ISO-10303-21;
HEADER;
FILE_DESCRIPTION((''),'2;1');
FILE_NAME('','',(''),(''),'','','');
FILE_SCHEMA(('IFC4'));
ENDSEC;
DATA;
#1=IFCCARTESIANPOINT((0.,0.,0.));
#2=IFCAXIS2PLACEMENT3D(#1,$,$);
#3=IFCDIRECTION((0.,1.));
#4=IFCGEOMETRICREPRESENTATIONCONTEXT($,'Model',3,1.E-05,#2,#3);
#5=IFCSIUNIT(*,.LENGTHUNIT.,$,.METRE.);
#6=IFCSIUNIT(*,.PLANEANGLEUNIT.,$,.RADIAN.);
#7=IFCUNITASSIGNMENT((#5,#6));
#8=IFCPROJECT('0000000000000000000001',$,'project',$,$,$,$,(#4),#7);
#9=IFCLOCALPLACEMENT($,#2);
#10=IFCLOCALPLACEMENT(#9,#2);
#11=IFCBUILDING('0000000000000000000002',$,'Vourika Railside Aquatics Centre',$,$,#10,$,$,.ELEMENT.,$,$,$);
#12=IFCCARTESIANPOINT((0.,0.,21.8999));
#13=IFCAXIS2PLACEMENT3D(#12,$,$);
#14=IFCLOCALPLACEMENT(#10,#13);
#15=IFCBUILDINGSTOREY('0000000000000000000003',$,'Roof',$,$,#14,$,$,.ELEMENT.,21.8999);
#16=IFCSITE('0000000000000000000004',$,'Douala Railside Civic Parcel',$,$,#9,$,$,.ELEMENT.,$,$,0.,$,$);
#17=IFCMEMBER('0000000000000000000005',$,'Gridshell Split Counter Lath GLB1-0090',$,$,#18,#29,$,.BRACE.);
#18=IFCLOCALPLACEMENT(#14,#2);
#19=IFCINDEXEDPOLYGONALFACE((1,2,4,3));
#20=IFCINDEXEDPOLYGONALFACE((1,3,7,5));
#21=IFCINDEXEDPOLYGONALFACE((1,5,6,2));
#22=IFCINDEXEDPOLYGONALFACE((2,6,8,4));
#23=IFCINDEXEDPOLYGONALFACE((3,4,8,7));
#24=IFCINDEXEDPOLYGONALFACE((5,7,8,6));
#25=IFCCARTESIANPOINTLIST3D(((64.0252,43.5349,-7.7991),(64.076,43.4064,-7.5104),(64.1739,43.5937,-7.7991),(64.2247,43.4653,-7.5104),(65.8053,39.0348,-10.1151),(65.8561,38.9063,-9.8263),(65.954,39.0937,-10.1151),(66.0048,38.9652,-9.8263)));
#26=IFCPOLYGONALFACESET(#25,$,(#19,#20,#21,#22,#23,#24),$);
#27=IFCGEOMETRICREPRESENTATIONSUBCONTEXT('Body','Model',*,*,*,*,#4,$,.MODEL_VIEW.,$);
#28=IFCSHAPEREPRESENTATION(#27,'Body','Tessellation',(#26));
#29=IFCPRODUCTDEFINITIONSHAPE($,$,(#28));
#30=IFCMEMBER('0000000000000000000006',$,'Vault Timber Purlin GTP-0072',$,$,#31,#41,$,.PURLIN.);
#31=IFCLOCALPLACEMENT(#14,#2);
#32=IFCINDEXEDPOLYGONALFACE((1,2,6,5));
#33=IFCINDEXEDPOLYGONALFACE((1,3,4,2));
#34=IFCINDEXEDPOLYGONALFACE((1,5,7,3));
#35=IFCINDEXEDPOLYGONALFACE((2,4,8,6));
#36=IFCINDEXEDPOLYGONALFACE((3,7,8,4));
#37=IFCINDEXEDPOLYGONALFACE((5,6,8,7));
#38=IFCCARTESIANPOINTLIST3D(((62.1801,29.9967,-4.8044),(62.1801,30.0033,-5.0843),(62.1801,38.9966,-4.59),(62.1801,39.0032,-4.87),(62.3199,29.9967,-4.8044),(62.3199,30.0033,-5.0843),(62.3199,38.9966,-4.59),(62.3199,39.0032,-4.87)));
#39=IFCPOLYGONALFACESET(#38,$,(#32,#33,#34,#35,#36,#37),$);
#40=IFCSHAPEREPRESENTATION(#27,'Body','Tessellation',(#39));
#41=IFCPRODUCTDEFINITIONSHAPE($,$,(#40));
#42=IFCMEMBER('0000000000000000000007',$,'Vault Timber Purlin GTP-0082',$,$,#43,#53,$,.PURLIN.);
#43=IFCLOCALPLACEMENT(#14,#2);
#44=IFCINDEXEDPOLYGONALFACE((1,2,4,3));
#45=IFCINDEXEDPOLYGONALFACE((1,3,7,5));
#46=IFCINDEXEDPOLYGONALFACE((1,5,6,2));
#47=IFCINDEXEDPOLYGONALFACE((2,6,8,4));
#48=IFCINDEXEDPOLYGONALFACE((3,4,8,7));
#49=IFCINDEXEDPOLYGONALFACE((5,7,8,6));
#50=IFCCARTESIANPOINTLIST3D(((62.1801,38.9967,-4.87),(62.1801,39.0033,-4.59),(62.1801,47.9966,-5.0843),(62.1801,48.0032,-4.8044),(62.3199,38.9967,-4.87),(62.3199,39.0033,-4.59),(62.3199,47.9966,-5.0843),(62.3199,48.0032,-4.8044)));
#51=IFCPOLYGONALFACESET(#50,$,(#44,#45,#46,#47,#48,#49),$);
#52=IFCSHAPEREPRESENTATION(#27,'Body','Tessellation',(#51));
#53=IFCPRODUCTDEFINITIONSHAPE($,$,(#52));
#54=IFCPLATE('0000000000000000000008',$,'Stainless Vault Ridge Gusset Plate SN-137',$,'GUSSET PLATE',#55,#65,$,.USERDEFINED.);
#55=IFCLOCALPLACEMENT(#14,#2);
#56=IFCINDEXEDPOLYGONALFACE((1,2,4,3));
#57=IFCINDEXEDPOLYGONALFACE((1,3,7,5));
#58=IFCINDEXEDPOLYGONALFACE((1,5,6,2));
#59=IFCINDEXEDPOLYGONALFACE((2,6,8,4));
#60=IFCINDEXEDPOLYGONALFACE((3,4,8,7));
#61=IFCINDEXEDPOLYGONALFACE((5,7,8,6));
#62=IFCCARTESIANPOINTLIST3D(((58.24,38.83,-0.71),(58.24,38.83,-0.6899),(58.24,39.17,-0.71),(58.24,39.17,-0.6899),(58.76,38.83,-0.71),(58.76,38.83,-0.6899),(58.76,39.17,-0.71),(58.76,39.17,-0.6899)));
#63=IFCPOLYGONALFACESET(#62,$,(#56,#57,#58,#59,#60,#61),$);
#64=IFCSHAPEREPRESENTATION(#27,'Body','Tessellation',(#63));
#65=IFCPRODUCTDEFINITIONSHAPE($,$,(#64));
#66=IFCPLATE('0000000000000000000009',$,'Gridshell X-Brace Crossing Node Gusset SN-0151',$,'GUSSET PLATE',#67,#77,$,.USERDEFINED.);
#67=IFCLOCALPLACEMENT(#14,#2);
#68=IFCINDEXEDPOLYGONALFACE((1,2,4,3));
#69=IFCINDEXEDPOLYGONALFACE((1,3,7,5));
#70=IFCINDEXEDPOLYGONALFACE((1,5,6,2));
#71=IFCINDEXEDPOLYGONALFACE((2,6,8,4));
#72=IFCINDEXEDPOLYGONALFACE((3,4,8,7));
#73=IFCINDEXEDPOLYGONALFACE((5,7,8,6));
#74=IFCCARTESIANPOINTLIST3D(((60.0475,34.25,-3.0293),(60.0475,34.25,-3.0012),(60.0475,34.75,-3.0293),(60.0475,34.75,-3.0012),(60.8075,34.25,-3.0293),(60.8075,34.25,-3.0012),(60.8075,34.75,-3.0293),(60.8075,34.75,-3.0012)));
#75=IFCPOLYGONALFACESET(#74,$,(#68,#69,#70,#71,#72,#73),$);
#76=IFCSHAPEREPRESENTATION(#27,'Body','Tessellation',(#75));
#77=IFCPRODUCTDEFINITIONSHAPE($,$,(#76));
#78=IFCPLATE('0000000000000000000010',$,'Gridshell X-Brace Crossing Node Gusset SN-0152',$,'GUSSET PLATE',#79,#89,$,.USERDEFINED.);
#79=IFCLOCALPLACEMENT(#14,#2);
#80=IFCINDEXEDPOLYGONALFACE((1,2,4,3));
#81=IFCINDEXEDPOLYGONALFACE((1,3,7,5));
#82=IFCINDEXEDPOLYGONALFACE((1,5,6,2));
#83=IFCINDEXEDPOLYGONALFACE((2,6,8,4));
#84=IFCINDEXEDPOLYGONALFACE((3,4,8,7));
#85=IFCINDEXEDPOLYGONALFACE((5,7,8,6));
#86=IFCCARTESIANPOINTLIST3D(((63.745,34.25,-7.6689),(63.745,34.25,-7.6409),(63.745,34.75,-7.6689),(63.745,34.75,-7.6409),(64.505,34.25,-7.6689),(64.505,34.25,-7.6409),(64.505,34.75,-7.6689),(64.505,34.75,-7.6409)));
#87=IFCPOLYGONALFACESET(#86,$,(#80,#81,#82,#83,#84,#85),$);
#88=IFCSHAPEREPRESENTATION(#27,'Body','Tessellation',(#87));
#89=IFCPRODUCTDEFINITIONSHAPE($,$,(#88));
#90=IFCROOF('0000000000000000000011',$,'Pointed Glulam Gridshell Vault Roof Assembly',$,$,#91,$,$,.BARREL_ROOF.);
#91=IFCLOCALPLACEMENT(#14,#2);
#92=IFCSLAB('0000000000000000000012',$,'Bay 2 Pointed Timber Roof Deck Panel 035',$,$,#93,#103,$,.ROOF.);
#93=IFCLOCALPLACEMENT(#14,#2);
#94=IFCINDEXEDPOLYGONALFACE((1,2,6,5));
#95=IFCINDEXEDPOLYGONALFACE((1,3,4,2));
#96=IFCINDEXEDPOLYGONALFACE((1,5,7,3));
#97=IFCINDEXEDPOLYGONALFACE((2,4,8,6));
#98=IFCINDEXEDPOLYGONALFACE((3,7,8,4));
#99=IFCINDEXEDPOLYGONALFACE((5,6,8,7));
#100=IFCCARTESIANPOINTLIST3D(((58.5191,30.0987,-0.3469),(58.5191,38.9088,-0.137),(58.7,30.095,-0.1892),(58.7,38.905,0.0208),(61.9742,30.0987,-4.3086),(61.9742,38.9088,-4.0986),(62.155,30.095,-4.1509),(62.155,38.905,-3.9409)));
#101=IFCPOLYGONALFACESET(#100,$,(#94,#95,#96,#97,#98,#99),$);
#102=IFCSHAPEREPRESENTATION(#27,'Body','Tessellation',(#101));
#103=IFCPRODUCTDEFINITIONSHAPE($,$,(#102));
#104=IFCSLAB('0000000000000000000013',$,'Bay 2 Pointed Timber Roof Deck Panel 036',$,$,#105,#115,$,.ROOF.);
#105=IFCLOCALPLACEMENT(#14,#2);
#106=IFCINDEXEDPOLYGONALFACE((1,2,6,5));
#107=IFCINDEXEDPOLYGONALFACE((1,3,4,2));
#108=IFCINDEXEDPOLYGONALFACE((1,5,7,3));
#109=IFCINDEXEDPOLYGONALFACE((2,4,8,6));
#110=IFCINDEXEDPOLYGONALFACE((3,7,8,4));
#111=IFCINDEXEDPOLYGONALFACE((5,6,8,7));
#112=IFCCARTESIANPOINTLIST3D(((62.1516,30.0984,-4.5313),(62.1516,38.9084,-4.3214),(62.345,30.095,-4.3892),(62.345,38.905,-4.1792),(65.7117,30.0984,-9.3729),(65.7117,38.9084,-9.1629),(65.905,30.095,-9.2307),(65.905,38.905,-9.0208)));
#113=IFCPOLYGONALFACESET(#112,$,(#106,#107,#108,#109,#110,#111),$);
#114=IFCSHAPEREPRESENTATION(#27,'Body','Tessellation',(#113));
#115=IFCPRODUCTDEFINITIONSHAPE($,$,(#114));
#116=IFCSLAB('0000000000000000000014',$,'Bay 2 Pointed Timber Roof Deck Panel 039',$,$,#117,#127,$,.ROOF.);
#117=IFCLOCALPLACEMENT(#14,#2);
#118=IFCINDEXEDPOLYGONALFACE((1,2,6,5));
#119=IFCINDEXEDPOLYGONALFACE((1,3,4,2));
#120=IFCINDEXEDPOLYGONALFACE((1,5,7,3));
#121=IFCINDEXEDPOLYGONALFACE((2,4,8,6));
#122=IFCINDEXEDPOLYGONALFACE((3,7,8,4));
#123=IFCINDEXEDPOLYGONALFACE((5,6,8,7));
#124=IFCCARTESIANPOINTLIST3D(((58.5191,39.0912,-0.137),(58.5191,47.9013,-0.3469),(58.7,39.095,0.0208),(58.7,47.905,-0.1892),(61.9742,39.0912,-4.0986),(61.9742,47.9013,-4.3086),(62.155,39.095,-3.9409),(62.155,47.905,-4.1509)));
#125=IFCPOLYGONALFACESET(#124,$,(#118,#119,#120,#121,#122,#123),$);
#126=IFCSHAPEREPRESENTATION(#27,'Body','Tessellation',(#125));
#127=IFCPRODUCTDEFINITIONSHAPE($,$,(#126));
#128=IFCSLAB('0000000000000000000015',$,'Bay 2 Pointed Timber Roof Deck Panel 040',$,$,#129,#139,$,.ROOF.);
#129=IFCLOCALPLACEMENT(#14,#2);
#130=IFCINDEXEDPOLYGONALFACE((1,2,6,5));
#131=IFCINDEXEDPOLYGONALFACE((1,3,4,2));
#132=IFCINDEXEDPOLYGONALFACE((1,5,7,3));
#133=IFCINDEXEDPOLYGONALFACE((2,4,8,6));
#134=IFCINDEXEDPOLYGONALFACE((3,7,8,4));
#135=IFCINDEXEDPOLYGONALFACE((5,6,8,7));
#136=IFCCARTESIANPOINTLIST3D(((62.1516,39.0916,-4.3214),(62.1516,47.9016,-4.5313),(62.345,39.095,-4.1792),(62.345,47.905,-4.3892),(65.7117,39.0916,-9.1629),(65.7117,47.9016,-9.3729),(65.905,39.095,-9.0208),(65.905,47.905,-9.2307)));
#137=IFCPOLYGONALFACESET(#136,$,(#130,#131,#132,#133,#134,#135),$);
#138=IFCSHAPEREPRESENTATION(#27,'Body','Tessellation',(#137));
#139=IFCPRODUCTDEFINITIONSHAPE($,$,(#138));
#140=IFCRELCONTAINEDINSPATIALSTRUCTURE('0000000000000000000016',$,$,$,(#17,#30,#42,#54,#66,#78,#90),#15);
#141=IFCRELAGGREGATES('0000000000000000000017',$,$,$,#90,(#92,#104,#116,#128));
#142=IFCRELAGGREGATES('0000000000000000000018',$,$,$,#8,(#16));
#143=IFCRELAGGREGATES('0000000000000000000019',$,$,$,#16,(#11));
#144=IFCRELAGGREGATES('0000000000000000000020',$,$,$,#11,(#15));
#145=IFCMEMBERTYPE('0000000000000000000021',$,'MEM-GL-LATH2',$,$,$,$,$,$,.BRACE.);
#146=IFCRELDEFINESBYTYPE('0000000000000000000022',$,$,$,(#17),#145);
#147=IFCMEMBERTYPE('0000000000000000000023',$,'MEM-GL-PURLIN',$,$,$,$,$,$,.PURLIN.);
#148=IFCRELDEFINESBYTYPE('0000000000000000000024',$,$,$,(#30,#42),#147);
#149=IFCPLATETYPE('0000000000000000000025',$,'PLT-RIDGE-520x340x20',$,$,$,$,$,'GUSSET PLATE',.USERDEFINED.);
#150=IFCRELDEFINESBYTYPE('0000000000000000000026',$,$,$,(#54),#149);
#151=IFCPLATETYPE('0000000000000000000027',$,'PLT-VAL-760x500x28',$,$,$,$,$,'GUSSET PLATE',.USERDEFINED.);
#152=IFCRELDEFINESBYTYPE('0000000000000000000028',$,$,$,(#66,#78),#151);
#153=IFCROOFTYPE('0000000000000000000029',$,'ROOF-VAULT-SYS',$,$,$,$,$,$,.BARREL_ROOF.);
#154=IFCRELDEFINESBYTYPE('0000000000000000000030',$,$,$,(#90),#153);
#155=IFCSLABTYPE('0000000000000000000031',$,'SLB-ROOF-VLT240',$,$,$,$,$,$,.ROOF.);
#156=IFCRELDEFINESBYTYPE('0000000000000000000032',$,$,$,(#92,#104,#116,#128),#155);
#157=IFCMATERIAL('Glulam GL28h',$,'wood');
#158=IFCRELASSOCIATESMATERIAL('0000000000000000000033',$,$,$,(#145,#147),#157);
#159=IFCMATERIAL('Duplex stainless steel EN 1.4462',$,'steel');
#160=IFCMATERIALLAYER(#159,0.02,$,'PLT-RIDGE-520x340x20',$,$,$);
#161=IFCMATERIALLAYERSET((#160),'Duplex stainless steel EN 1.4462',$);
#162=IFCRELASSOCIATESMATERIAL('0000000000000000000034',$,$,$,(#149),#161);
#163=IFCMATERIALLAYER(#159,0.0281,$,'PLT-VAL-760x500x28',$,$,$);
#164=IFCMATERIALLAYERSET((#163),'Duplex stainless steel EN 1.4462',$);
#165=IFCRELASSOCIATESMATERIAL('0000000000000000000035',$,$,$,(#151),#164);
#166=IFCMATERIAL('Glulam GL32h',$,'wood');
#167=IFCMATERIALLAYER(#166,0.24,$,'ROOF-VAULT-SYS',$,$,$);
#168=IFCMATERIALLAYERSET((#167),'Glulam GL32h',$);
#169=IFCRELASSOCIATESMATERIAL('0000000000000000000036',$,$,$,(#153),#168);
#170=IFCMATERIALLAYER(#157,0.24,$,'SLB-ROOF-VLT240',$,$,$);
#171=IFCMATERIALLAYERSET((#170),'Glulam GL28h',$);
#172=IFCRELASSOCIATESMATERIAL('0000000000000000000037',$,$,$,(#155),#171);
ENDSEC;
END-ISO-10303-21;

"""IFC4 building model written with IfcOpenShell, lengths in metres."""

from ifc_helpers import new_model, si_unit, direction, frame, origin, origin_2d, place, context, subcontext, project, spatial, polyline, rectangle, outline, extrude, material, layer, layer_set, material_profile, profile_set, type_object, element, aggregate, save


model = new_model("IFC4")

# Units and contexts
model_context = context("Model", 3, precision=1e-05, world=origin(), true_north=direction((0.0, 1.0)))
body_context = subcontext(model_context, "Body", "Model", "MODEL_VIEW")
ifc_project = project(units=[si_unit("LENGTHUNIT", "METRE"), si_unit("PLANEANGLEUNIT", "RADIAN")], contexts=[model_context])

# Site, building, storey
site_placement = place(None, origin())
site = spatial("IfcSite", under=ifc_project, at=site_placement, Name="Douala Railside Civic Parcel", CompositionType="ELEMENT", RefElevation=0.0)
building_placement = place(site_placement, origin())
building = spatial("IfcBuilding", under=site, at=building_placement, Name="Vourika Railside Aquatics Centre", CompositionType="ELEMENT")
storey_placement = place(building_placement, frame((0.0, 0.0, 21.8999)))
storey = spatial("IfcBuildingStorey", under=building, at=storey_placement, Name="Roof", CompositionType="ELEMENT", Elevation=21.8999)

# Shared definitions
ifc_material_1 = material(Name="Glulam GL32h", Category="wood")

# Members
ifc_material_2 = material(Name="Glulam GL28h", Category="wood")
ifc_material_profile_1 = material_profile(ifc_material_2, rectangle(XDim=0.1599, YDim=0.3201, at=origin_2d()), Name="GL28h 160x320")
ifc_profile_set_1 = profile_set([ifc_material_profile_1], Name="Glulam GL28h")
member_type_1 = type_object("IfcMemberType", Name="MEM-GL-LATH2", PredefinedType="BRACE", material=ifc_profile_set_1)
member_1_placement = place(storey_placement, frame((65.905, 39.0, -9.9707), z_axis=(-0.331793, 0.838788, 0.431681), x_axis=(-0.929893, -0.36783, 0.0)))
element("IfcMember", 1, at=member_1_placement, inside=storey, type_object=member_type_1, Name="Gridshell Split Counter Lath GLB1-0090", PredefinedType="BRACE", context=body_context, shape_type="SweptSolid", body=[
    extrude(rectangle(XDim=0.1599, YDim=0.3201, at=origin_2d()), origin(), (0.0, 0.0, 1.0), 5.365),
])
ifc_material_profile_2 = material_profile(ifc_material_2, rectangle(XDim=0.1399, YDim=0.28, at=origin_2d()), Name="GL28h 140x280")
ifc_profile_set_2 = profile_set([ifc_material_profile_2], Name="Glulam GL28h")
member_type_2 = type_object("IfcMemberType", Name="MEM-GL-PURLIN", PredefinedType="PURLIN", material=ifc_profile_set_2)
for number, where, z_axis, x_axis, name in (
    (2, (62.25, 30.0, -4.9443), (0.0, 0.999716, 0.023811), (-1.0, 0.0, 0.0), "Vault Timber Purlin GTP-0072"),
    (3, (62.25, 39.0, -4.73), (0.0, 0.999716, -0.023811), (-1.0, 0.0, 0.0), "Vault Timber Purlin GTP-0082"),
):
    element("IfcMember", number, at=place(storey_placement, frame(where, z_axis=z_axis, x_axis=x_axis)), inside=storey, type_object=member_type_2, Name=name, PredefinedType="PURLIN", context=body_context, shape_type="SweptSolid", body=[
        extrude(rectangle(XDim=0.1399, YDim=0.28, at=origin_2d()), origin(), (0.0, 0.0, 1.0), 9.0024),
    ])

# Plates
ifc_material_3 = material(Name="Duplex stainless steel EN 1.4462", Category="steel")
ifc_layer_1 = layer(ifc_material_3, 0.02, Name="PLT-RIDGE-520x340x20")
ifc_layer_set_1 = layer_set([ifc_layer_1], Name="Duplex stainless steel EN 1.4462")
plate_type_1 = type_object("IfcPlateType", Name="PLT-RIDGE-520x340x20", ElementType="GUSSET PLATE", PredefinedType="USERDEFINED", material=ifc_layer_set_1)
plate_placement = place(storey_placement, frame((58.5, 39.0, -0.71), z_axis=(0.0, 0.0, 1.0), x_axis=(1.0, 0.0, 0.0)))
element("IfcPlate", 4, at=plate_placement, inside=storey, type_object=plate_type_1, Name="Stainless Vault Ridge Gusset Plate SN-137", ObjectType="GUSSET PLATE", PredefinedType="USERDEFINED", context=body_context, shape_type="SweptSolid", body=[
    extrude(rectangle(XDim=0.52, YDim=0.3401, at=origin_2d()), origin(), (0.0, 0.0, 1.0), 0.02),
])
ifc_layer_2 = layer(ifc_material_3, 0.0281, Name="PLT-VAL-760x500x28")
ifc_layer_set_2 = layer_set([ifc_layer_2], Name="Duplex stainless steel EN 1.4462")
plate_type_2 = type_object("IfcPlateType", Name="PLT-VAL-760x500x28", ElementType="GUSSET PLATE", PredefinedType="USERDEFINED", material=ifc_layer_set_2)
for number, where, z_axis, x_axis, name in (
    (5, (60.4275, 34.5, -3.0293), (0.0, 0.0, 1.0), (1.0, 0.0, 0.0), "Gridshell X-Brace Crossing Node Gusset SN-0151"),
    (6, (64.125, 34.5, -7.6689), (0.0, 0.0, 1.0), (1.0, 0.0, 0.0), "Gridshell X-Brace Crossing Node Gusset SN-0152"),
):
    element("IfcPlate", number, at=place(storey_placement, frame(where, z_axis=z_axis, x_axis=x_axis)), inside=storey, type_object=plate_type_2, Name=name, ObjectType="GUSSET PLATE", PredefinedType="USERDEFINED", context=body_context, shape_type="SweptSolid", body=[
        extrude(rectangle(XDim=0.76, YDim=0.5, at=origin_2d()), origin(), (0.0, 0.0, 1.0), 0.0281),
    ])

# Roof, slabs
ifc_layer_3 = layer(ifc_material_1, 0.24, Name="ROOF-VAULT-SYS")
ifc_layer_set_3 = layer_set([ifc_layer_3], Name="Glulam GL32h")
roof_type = type_object("IfcRoofType", Name="ROOF-VAULT-SYS", PredefinedType="BARREL_ROOF", material=ifc_layer_set_3)
roof_placement = place(storey_placement, origin())
roof = element("IfcRoof", 7, at=roof_placement, inside=storey, type_object=roof_type, Name="Pointed Glulam Gridshell Vault Roof Assembly", PredefinedType="BARREL_ROOF")
ifc_layer_4 = layer(ifc_material_2, 0.24, Name="SLB-ROOF-VLT240")
ifc_layer_set_4 = layer_set([ifc_layer_4], Name="Glulam GL28h")
slab_type = type_object("IfcSlabType", Name="SLB-ROOF-VLT240", PredefinedType="ROOF", material=ifc_layer_set_4)
slab_1_placement = place(storey_placement, frame((58.7, 30.095, -0.1892), z_axis=(0.753556, -0.015662, 0.657197), x_axis=(0.657277, 0.0, -0.753649)))
slab_1 = element("IfcSlab", 8, at=slab_1_placement, type_object=slab_type, Name="Bay 2 Pointed Timber Roof Deck Panel 035", PredefinedType="ROOF", context=body_context, shape_type="SweptSolid", body=[
    extrude(outline(polyline([(0.0, 0.0), (5.2567, 0.0), (5.0984, 8.8111), (-0.1582, 8.8111), (0.0, 0.0)])), origin(), (0.0, 0.0, -1.0), 0.24),
])
slab_2_placement = place(storey_placement, frame((62.345, 30.095, -4.3892), z_axis=(0.805563, -0.014117, 0.592342), x_axis=(0.592401, 0.0, -0.805644)))
slab_2 = element("IfcSlab", 9, at=slab_2_placement, type_object=slab_type, Name="Bay 2 Pointed Timber Roof Deck Panel 036", PredefinedType="ROOF", context=body_context, shape_type="SweptSolid", body=[
    extrude(outline(polyline([(0.0, 0.0), (6.0095, 0.0), (5.8404, 8.8109), (-0.1692, 8.8109), (0.0, 0.0)])), origin(), (0.0, 0.0, -1.0), 0.24),
])
slab_3_placement = place(storey_placement, frame((58.7, 39.095, 0.0208), z_axis=(0.753556, 0.015662, 0.657197), x_axis=(0.657277, 0.0, -0.753649)))
slab_3 = element("IfcSlab", 10, at=slab_3_placement, type_object=slab_type, Name="Bay 2 Pointed Timber Roof Deck Panel 039", PredefinedType="ROOF", context=body_context, shape_type="SweptSolid", body=[
    extrude(outline(polyline([(0.0, 0.0), (5.2567, 0.0), (5.4149, 8.8111), (0.1582, 8.8111), (0.0, 0.0)])), origin(), (0.0, 0.0, -1.0), 0.24),
])
slab_4_placement = place(storey_placement, frame((62.345, 39.095, -4.1792), z_axis=(0.805563, 0.014117, 0.592342), x_axis=(0.592401, 0.0, -0.805644)))
slab_4 = element("IfcSlab", 11, at=slab_4_placement, type_object=slab_type, Name="Bay 2 Pointed Timber Roof Deck Panel 040", PredefinedType="ROOF", context=body_context, shape_type="SweptSolid", body=[
    extrude(outline(polyline([(0.0, 0.0), (6.0095, 0.0), (6.1787, 8.8109), (0.1692, 8.8109), (0.0, 0.0)])), origin(), (0.0, 0.0, -1.0), 0.24),
])
aggregate(roof, [slab_1, slab_2, slab_3, slab_4])

save(model, "model.ifc")
